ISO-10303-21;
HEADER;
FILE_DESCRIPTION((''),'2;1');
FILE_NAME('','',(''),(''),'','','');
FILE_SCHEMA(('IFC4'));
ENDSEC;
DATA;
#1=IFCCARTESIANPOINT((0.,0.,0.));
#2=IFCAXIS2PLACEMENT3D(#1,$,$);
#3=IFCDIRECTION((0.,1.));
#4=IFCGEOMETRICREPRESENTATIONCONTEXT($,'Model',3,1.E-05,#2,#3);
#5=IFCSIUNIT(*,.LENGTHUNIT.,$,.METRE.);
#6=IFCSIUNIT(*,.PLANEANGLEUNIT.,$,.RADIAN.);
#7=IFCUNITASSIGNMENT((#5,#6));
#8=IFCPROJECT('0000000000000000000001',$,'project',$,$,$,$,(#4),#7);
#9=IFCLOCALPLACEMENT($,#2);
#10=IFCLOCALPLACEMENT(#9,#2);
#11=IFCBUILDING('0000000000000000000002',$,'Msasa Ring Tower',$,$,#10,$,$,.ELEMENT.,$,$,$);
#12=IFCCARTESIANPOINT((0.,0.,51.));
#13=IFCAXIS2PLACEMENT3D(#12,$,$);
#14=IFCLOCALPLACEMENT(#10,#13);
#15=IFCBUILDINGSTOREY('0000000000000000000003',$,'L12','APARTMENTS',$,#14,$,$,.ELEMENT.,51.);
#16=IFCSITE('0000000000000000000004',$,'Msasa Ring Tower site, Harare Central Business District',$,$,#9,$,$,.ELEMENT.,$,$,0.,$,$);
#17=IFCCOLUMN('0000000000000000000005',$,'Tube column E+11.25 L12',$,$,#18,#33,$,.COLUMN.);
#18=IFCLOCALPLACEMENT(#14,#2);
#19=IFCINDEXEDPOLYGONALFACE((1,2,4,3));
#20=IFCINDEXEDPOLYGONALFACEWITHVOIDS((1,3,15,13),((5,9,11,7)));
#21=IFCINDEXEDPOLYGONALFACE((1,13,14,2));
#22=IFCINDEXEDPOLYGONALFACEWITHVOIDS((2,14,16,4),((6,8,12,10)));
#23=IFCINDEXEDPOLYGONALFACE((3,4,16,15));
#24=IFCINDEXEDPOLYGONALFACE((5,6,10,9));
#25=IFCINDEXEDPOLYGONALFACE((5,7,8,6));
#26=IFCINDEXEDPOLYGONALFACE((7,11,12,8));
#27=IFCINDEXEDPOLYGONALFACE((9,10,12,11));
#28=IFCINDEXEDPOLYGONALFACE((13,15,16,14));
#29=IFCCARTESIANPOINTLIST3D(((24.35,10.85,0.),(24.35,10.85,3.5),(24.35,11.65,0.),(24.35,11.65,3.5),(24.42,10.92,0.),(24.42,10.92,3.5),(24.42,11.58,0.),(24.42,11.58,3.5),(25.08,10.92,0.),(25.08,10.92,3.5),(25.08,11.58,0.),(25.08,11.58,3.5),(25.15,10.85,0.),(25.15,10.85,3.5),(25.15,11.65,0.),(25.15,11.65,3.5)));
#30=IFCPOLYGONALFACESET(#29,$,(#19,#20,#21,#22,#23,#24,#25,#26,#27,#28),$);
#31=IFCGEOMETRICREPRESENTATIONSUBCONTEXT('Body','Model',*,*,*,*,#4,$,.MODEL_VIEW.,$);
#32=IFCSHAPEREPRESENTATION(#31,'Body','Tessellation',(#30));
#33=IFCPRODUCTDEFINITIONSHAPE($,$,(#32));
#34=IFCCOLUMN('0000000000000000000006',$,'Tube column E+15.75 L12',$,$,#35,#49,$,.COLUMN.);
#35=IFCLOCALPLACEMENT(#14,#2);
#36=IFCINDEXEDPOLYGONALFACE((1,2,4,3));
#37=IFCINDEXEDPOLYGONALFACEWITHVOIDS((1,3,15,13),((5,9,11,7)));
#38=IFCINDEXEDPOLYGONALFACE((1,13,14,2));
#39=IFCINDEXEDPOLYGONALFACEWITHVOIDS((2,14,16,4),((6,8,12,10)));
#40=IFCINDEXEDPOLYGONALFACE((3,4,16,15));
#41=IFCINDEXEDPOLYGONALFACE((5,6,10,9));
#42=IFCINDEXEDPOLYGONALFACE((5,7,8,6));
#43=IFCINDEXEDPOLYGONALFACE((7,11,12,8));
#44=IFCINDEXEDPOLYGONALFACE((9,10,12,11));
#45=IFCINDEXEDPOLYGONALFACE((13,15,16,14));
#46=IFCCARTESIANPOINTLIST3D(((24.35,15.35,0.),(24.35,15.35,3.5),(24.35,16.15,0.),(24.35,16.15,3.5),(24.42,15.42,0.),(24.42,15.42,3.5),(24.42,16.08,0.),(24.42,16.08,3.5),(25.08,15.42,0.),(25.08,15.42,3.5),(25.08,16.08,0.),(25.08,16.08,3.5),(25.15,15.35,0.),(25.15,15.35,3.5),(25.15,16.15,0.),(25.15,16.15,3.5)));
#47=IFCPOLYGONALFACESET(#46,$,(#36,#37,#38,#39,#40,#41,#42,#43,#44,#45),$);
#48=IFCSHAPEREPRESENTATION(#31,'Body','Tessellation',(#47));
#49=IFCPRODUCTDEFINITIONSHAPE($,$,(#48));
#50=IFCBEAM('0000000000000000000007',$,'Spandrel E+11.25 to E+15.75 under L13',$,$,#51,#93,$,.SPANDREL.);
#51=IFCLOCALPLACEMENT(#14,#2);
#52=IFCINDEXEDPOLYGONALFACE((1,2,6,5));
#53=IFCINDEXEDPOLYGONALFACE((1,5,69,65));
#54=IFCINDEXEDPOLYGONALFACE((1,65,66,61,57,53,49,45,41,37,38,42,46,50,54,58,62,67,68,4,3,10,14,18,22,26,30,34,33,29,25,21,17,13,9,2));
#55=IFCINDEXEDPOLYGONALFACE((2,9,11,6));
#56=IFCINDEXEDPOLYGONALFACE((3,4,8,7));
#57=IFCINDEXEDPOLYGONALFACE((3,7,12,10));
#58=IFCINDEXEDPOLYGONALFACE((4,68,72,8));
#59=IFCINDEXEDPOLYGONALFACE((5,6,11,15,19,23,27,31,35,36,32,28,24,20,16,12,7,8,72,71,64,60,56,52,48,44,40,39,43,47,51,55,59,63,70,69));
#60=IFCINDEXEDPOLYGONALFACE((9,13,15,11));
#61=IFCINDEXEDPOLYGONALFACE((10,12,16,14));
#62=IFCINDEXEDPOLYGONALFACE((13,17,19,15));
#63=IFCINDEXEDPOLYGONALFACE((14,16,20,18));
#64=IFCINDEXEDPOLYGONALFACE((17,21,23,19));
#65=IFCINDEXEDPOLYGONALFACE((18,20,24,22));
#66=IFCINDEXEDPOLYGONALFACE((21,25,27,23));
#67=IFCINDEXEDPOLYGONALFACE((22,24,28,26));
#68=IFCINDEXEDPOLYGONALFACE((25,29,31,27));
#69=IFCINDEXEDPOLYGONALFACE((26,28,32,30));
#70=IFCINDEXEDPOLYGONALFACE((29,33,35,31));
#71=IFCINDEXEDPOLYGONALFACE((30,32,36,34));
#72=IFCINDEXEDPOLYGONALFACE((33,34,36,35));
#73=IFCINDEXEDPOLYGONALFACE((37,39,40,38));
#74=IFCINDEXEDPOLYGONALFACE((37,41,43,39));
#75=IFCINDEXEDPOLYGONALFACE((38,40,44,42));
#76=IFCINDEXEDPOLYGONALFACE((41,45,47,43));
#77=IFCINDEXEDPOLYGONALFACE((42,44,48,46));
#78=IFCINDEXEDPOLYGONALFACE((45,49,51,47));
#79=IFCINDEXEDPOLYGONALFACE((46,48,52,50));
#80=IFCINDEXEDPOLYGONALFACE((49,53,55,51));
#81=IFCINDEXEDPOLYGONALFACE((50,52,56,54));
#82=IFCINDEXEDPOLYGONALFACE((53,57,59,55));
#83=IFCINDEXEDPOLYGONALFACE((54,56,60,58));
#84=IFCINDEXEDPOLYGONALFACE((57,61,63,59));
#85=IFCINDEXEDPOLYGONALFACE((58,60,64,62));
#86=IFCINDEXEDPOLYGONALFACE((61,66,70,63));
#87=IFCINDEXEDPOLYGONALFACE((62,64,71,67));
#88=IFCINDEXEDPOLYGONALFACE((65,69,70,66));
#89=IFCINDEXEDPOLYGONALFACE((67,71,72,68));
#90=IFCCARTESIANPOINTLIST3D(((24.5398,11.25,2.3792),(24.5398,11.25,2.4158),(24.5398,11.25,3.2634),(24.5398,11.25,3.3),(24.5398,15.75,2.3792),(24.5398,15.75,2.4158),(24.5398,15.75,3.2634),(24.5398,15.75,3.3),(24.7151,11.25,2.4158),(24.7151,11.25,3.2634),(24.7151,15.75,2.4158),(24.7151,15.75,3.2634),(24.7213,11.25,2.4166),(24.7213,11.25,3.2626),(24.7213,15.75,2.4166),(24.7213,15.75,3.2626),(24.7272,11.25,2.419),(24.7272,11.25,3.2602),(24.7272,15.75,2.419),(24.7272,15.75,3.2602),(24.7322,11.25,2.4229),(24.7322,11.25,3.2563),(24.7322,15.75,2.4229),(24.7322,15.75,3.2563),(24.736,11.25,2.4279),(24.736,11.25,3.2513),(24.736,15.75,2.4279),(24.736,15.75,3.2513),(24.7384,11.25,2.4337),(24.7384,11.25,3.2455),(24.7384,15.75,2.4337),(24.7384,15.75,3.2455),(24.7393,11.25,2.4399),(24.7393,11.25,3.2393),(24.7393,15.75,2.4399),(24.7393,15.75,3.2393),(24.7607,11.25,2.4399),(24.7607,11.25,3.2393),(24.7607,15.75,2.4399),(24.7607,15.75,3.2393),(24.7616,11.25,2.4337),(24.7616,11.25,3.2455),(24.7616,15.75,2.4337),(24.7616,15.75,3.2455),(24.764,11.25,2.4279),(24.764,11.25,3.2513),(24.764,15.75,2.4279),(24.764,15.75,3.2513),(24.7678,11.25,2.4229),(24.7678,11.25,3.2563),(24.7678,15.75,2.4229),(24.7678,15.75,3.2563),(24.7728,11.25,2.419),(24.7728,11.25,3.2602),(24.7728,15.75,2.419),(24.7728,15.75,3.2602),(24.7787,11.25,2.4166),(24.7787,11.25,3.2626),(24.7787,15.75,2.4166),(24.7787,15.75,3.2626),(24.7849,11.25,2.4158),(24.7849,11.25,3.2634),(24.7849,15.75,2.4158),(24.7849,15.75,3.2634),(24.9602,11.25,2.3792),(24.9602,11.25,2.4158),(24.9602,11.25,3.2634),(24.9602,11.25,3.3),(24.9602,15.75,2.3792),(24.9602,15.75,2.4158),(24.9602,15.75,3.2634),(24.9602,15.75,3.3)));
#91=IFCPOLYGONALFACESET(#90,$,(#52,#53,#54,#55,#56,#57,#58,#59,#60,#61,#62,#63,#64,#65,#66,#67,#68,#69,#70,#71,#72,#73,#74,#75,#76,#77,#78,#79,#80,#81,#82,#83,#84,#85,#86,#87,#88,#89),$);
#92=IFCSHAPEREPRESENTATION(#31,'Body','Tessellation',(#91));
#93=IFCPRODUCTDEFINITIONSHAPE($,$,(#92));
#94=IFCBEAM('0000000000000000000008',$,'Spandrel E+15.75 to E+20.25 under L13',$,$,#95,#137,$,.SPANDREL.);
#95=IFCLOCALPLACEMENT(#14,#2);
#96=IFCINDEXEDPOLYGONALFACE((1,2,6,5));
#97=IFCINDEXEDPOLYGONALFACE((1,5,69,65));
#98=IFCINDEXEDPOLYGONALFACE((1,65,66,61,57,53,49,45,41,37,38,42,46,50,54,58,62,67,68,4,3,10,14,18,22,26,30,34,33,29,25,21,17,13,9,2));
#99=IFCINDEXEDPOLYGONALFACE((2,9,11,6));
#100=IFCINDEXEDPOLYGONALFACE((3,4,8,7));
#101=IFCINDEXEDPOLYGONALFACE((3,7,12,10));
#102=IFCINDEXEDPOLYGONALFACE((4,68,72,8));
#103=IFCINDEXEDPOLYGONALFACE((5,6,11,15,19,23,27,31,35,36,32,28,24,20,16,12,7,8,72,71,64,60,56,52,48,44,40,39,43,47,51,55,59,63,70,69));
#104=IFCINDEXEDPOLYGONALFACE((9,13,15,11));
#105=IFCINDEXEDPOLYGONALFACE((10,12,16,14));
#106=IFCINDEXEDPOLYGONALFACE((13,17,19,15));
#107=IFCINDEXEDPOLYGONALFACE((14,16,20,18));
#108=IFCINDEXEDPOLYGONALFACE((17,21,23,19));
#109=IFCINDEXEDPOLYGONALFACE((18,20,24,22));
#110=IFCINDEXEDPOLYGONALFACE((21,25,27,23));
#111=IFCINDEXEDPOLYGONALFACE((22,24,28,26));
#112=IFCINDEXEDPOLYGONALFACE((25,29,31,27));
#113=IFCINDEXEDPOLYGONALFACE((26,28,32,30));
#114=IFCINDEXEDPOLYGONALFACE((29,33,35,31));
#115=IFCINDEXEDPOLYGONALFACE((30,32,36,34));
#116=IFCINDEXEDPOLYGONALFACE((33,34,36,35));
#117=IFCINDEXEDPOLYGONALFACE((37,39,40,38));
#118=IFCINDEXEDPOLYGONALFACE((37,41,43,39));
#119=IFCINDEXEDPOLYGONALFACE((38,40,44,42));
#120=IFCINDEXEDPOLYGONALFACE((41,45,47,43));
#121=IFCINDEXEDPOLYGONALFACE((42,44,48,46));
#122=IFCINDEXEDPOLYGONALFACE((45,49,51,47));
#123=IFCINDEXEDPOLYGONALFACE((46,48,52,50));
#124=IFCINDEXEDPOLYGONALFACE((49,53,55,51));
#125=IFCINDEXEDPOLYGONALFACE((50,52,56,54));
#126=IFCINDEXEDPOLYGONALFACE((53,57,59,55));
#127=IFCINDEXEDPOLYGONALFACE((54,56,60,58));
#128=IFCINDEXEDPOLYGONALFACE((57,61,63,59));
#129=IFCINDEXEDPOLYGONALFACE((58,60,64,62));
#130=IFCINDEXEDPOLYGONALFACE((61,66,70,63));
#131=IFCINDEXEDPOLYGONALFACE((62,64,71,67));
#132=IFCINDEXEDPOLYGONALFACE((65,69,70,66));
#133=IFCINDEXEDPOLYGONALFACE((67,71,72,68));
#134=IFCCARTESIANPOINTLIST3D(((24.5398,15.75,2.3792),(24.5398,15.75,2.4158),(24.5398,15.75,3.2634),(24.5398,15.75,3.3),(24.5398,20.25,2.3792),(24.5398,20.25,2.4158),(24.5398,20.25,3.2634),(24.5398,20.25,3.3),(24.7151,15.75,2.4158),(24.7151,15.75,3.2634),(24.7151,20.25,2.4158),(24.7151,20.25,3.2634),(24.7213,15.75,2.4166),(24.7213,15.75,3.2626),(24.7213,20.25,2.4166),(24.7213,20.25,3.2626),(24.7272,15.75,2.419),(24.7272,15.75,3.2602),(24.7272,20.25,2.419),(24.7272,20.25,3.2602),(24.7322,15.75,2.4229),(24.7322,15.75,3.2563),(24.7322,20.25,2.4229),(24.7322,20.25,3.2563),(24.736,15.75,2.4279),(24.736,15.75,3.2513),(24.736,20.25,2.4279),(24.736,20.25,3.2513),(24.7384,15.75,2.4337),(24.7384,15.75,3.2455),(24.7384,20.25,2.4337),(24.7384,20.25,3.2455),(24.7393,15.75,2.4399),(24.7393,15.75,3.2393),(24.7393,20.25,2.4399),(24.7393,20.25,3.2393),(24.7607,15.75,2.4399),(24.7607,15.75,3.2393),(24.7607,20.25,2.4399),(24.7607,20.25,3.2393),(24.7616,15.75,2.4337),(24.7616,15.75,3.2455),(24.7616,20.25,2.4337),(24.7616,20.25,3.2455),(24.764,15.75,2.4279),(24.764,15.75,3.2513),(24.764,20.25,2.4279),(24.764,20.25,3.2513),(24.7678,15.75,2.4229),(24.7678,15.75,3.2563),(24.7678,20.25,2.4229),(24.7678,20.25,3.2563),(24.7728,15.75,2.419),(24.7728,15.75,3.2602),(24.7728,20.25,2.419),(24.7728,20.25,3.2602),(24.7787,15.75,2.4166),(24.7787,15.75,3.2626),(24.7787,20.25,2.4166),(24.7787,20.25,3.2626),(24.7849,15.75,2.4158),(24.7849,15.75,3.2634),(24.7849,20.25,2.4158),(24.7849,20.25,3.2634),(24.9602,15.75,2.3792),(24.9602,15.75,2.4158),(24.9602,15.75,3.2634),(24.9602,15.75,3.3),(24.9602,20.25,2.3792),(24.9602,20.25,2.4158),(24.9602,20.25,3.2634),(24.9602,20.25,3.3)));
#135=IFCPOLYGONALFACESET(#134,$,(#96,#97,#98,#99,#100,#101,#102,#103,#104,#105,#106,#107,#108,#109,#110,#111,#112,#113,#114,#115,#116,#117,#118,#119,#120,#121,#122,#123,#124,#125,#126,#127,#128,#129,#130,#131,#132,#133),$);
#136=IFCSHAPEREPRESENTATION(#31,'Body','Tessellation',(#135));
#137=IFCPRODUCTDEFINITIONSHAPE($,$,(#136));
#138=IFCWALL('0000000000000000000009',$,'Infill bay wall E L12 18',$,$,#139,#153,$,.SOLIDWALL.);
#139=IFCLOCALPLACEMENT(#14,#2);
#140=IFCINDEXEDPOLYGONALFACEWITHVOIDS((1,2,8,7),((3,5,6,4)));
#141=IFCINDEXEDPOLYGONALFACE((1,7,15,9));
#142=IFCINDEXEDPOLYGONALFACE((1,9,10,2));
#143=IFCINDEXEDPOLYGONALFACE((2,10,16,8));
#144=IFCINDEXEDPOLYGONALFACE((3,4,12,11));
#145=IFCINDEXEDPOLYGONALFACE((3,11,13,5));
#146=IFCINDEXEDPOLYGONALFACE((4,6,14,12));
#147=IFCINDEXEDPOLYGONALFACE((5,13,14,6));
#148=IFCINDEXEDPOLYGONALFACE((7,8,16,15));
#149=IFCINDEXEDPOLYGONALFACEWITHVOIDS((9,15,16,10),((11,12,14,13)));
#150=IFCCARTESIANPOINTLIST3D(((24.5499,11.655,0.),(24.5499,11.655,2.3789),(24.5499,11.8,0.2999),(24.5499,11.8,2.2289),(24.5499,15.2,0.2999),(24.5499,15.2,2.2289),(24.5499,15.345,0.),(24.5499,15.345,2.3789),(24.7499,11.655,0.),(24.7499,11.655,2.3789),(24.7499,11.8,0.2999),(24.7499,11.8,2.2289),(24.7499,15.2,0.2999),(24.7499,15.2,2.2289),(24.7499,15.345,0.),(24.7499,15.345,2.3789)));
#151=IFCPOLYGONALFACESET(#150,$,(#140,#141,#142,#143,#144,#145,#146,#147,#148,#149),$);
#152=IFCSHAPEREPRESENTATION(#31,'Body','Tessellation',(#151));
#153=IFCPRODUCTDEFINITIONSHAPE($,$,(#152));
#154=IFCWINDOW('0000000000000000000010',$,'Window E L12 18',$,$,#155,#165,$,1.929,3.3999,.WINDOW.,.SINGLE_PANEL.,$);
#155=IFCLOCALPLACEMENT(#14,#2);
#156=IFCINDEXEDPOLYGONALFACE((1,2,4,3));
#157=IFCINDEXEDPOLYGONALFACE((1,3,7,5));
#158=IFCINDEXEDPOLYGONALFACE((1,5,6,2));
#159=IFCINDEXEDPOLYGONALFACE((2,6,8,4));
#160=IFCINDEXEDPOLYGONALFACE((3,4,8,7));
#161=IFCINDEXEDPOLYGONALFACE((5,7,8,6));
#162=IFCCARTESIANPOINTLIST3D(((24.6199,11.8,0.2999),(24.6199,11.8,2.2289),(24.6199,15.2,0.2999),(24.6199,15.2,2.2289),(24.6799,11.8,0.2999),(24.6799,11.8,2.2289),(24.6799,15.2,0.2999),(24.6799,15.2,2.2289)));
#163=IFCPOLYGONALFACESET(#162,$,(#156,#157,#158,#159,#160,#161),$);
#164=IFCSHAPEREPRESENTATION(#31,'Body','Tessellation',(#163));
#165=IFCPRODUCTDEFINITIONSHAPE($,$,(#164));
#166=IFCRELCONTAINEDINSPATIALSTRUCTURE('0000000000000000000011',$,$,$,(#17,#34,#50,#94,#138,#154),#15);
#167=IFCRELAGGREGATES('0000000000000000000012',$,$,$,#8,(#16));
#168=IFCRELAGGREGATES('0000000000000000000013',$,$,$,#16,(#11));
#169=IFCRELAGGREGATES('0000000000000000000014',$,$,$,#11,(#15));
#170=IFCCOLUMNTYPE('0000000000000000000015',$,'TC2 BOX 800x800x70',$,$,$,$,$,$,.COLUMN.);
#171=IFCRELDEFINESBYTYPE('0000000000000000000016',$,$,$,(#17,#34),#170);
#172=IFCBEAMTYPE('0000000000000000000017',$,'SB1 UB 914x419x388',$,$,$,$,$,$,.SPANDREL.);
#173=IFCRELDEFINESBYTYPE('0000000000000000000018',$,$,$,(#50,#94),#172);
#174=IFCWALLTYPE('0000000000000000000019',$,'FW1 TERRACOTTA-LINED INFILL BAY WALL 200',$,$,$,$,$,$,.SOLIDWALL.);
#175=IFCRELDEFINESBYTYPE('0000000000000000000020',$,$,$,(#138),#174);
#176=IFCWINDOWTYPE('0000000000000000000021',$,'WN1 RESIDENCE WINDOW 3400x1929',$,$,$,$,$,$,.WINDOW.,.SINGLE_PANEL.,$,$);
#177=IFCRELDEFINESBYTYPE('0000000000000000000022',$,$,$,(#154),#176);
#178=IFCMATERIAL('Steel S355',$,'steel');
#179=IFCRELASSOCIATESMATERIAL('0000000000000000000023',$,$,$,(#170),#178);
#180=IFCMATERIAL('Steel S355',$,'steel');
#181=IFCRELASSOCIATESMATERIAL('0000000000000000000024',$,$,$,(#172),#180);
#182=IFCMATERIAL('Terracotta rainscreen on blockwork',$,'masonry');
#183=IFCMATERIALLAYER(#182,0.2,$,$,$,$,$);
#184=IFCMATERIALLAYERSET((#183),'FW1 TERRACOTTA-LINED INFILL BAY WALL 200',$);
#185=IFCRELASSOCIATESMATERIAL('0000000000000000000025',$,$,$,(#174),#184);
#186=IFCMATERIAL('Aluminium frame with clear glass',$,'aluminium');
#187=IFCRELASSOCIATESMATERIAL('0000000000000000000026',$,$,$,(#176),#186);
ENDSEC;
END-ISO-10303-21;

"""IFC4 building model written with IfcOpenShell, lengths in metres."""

from ifc_helpers import new_model, si_unit, direction, frame, frame_2d, origin, origin_2d, place, context, subcontext, project, spatial, rectangle, hollow_rectangle, i_section, extrude, material, layer, layer_set, material_profile, profile_set, type_object, element, fill, save


model = new_model("IFC4")

# Units and contexts
model_context = context("Model", 3, precision=1e-05, world=origin(), true_north=direction((0.0, 1.0)))
body_context = subcontext(model_context, "Body", "Model", "MODEL_VIEW")
ifc_project = project(units=[si_unit("LENGTHUNIT", "METRE"), si_unit("PLANEANGLEUNIT", "RADIAN")], contexts=[model_context])

# Site, building, storey
site_placement = place(None, origin())
site = spatial("IfcSite", under=ifc_project, at=site_placement, Name="Msasa Ring Tower site, Harare Central Business District", CompositionType="ELEMENT", RefElevation=0.0)
building_placement = place(site_placement, origin())
building = spatial("IfcBuilding", under=site, at=building_placement, Name="Msasa Ring Tower", CompositionType="ELEMENT")
storey_placement = place(building_placement, frame((0.0, 0.0, 51.0)))
storey = spatial("IfcBuildingStorey", under=building, at=storey_placement, Name="L12", Description="APARTMENTS", CompositionType="ELEMENT", Elevation=51.0)

# Columns
ifc_material_1 = material(Name="Steel S355", Category="steel")
ifc_material_profile_1 = material_profile(ifc_material_1, hollow_rectangle(XDim=0.8, YDim=0.8, WallThickness=0.0701, at=origin_2d()), Name="BOX 800x800x70")
ifc_profile_set_1 = profile_set([ifc_material_profile_1], Name="Steel S355")
column_type = type_object("IfcColumnType", Name="TC2 BOX 800x800x70", PredefinedType="COLUMN", material=ifc_profile_set_1)
for number, where, z_axis, x_axis, name in (
    (1, (24.75, 11.25, 0.0), (0.0, 0.0, 1.0), (1.0, 0.0, 0.0), "Tube column E+11.25 L12"),
    (2, (24.75, 15.75, 0.0), (0.0, 0.0, 1.0), (1.0, 0.0, 0.0), "Tube column E+15.75 L12"),
):
    element("IfcColumn", number, at=place(storey_placement, frame(where, z_axis=z_axis, x_axis=x_axis)), inside=storey, type_object=column_type, Name=name, PredefinedType="COLUMN", context=body_context, shape_type="SweptSolid", body=[
        extrude(hollow_rectangle(XDim=0.8, YDim=0.8, WallThickness=0.0701, at=origin_2d()), origin(), (0.0, 0.0, 1.0), 3.5),
    ])

# Beams
ifc_material_2 = material(Name="Steel S355", Category="steel")
ifc_material_profile_2 = material_profile(ifc_material_2, i_section(OverallWidth=0.4204, OverallDepth=0.9209, WebThickness=0.0215, FlangeThickness=0.0366, FilletRadius=0.0242, at=origin_2d()), Name="UB 914x419x388")
ifc_profile_set_2 = profile_set([ifc_material_profile_2], Name="Steel S355")
beam_type = type_object("IfcBeamType", Name="SB1 UB 914x419x388", PredefinedType="SPANDREL", material=ifc_profile_set_2)
for number, where, z_axis, x_axis, name in (
    (3, (24.75, 11.25, 2.8396), (0.0, 1.0, 0.0), (-1.0, 0.0, 0.0), "Spandrel E+11.25 to E+15.75 under L13"),
    (4, (24.75, 15.75, 2.8396), (0.0, 1.0, 0.0), (-1.0, 0.0, 0.0), "Spandrel E+15.75 to E+20.25 under L13"),
):
    element("IfcBeam", number, at=place(storey_placement, frame(where, z_axis=z_axis, x_axis=x_axis)), inside=storey, type_object=beam_type, Name=name, PredefinedType="SPANDREL", context=body_context, shape_type="SweptSolid", body=[
        extrude(i_section(OverallWidth=0.4204, OverallDepth=0.9209, WebThickness=0.0215, FlangeThickness=0.0366, FilletRadius=0.0242, at=origin_2d()), origin(), (0.0, 0.0, 1.0), 4.5),
    ])

# Wall, opening, window
ifc_material_3 = material(Name="Terracotta rainscreen on blockwork", Category="masonry")
ifc_layer_1 = layer(ifc_material_3, 0.2)
ifc_layer_set_1 = layer_set([ifc_layer_1], Name="FW1 TERRACOTTA-LINED INFILL BAY WALL 200")
wall_type_1 = type_object("IfcWallType", Name="FW1 TERRACOTTA-LINED INFILL BAY WALL 200", PredefinedType="SOLIDWALL", material=ifc_layer_set_1)
wall_1_placement = place(storey_placement, frame((24.6499, 11.655, 0.0), z_axis=(0.0, 0.0, 1.0), x_axis=(0.0, 1.0, 0.0)))
wall_1 = element("IfcWall", 5, at=wall_1_placement, inside=storey, type_object=wall_type_1, Name="Infill bay wall E L12 18", PredefinedType="SOLIDWALL", context=body_context, shape_type="SweptSolid", body=[
    extrude(rectangle(XDim=3.6899, YDim=0.2, at=frame_2d((1.845, 0.0))), origin(), (0.0, 0.0, 1.0), 2.3789),
])
opening_1_placement = place(wall_1_placement, frame((0.145, 0.0, 0.3)))
opening_1 = element("IfcOpeningElement", 6, at=opening_1_placement, cuts=wall_1, PredefinedType="OPENING", context=body_context, shape_type="SweptSolid", body=[
    extrude(rectangle(XDim=3.3999, YDim=1.929, at=frame_2d((1.7, 0.9644))), frame((0.0, 0.1099, 0.0), z_axis=(0.0, -1.0, 0.0), x_axis=(1.0, 0.0, 0.0)), (0.0, 0.0, 1.0), 0.22),
])
ifc_material_4 = material(Name="Aluminium frame with clear glass", Category="aluminium")
window_type = type_object("IfcWindowType", Name="WN1 RESIDENCE WINDOW 3400x1929", PartitioningType="SINGLE_PANEL", PredefinedType="WINDOW", material=ifc_material_4)
window_1_placement = place(opening_1_placement, origin())
window_1 = element("IfcWindow", 7, at=window_1_placement, inside=storey, type_object=window_type, Name="Window E L12 18", OverallHeight=1.929, OverallWidth=3.3999, PartitioningType="SINGLE_PANEL", PredefinedType="WINDOW", context=body_context, shape_type="SweptSolid", body=[
    extrude(rectangle(XDim=3.3999, YDim=1.929, at=frame_2d((1.7, 0.9644))), frame((0.0, 0.03, 0.0), z_axis=(0.0, -1.0, 0.0), x_axis=(1.0, 0.0, 0.0)), (0.0, 0.0, 1.0), 0.0601),
])
fill(opening_1, window_1)

save(model, "model.ifc")
